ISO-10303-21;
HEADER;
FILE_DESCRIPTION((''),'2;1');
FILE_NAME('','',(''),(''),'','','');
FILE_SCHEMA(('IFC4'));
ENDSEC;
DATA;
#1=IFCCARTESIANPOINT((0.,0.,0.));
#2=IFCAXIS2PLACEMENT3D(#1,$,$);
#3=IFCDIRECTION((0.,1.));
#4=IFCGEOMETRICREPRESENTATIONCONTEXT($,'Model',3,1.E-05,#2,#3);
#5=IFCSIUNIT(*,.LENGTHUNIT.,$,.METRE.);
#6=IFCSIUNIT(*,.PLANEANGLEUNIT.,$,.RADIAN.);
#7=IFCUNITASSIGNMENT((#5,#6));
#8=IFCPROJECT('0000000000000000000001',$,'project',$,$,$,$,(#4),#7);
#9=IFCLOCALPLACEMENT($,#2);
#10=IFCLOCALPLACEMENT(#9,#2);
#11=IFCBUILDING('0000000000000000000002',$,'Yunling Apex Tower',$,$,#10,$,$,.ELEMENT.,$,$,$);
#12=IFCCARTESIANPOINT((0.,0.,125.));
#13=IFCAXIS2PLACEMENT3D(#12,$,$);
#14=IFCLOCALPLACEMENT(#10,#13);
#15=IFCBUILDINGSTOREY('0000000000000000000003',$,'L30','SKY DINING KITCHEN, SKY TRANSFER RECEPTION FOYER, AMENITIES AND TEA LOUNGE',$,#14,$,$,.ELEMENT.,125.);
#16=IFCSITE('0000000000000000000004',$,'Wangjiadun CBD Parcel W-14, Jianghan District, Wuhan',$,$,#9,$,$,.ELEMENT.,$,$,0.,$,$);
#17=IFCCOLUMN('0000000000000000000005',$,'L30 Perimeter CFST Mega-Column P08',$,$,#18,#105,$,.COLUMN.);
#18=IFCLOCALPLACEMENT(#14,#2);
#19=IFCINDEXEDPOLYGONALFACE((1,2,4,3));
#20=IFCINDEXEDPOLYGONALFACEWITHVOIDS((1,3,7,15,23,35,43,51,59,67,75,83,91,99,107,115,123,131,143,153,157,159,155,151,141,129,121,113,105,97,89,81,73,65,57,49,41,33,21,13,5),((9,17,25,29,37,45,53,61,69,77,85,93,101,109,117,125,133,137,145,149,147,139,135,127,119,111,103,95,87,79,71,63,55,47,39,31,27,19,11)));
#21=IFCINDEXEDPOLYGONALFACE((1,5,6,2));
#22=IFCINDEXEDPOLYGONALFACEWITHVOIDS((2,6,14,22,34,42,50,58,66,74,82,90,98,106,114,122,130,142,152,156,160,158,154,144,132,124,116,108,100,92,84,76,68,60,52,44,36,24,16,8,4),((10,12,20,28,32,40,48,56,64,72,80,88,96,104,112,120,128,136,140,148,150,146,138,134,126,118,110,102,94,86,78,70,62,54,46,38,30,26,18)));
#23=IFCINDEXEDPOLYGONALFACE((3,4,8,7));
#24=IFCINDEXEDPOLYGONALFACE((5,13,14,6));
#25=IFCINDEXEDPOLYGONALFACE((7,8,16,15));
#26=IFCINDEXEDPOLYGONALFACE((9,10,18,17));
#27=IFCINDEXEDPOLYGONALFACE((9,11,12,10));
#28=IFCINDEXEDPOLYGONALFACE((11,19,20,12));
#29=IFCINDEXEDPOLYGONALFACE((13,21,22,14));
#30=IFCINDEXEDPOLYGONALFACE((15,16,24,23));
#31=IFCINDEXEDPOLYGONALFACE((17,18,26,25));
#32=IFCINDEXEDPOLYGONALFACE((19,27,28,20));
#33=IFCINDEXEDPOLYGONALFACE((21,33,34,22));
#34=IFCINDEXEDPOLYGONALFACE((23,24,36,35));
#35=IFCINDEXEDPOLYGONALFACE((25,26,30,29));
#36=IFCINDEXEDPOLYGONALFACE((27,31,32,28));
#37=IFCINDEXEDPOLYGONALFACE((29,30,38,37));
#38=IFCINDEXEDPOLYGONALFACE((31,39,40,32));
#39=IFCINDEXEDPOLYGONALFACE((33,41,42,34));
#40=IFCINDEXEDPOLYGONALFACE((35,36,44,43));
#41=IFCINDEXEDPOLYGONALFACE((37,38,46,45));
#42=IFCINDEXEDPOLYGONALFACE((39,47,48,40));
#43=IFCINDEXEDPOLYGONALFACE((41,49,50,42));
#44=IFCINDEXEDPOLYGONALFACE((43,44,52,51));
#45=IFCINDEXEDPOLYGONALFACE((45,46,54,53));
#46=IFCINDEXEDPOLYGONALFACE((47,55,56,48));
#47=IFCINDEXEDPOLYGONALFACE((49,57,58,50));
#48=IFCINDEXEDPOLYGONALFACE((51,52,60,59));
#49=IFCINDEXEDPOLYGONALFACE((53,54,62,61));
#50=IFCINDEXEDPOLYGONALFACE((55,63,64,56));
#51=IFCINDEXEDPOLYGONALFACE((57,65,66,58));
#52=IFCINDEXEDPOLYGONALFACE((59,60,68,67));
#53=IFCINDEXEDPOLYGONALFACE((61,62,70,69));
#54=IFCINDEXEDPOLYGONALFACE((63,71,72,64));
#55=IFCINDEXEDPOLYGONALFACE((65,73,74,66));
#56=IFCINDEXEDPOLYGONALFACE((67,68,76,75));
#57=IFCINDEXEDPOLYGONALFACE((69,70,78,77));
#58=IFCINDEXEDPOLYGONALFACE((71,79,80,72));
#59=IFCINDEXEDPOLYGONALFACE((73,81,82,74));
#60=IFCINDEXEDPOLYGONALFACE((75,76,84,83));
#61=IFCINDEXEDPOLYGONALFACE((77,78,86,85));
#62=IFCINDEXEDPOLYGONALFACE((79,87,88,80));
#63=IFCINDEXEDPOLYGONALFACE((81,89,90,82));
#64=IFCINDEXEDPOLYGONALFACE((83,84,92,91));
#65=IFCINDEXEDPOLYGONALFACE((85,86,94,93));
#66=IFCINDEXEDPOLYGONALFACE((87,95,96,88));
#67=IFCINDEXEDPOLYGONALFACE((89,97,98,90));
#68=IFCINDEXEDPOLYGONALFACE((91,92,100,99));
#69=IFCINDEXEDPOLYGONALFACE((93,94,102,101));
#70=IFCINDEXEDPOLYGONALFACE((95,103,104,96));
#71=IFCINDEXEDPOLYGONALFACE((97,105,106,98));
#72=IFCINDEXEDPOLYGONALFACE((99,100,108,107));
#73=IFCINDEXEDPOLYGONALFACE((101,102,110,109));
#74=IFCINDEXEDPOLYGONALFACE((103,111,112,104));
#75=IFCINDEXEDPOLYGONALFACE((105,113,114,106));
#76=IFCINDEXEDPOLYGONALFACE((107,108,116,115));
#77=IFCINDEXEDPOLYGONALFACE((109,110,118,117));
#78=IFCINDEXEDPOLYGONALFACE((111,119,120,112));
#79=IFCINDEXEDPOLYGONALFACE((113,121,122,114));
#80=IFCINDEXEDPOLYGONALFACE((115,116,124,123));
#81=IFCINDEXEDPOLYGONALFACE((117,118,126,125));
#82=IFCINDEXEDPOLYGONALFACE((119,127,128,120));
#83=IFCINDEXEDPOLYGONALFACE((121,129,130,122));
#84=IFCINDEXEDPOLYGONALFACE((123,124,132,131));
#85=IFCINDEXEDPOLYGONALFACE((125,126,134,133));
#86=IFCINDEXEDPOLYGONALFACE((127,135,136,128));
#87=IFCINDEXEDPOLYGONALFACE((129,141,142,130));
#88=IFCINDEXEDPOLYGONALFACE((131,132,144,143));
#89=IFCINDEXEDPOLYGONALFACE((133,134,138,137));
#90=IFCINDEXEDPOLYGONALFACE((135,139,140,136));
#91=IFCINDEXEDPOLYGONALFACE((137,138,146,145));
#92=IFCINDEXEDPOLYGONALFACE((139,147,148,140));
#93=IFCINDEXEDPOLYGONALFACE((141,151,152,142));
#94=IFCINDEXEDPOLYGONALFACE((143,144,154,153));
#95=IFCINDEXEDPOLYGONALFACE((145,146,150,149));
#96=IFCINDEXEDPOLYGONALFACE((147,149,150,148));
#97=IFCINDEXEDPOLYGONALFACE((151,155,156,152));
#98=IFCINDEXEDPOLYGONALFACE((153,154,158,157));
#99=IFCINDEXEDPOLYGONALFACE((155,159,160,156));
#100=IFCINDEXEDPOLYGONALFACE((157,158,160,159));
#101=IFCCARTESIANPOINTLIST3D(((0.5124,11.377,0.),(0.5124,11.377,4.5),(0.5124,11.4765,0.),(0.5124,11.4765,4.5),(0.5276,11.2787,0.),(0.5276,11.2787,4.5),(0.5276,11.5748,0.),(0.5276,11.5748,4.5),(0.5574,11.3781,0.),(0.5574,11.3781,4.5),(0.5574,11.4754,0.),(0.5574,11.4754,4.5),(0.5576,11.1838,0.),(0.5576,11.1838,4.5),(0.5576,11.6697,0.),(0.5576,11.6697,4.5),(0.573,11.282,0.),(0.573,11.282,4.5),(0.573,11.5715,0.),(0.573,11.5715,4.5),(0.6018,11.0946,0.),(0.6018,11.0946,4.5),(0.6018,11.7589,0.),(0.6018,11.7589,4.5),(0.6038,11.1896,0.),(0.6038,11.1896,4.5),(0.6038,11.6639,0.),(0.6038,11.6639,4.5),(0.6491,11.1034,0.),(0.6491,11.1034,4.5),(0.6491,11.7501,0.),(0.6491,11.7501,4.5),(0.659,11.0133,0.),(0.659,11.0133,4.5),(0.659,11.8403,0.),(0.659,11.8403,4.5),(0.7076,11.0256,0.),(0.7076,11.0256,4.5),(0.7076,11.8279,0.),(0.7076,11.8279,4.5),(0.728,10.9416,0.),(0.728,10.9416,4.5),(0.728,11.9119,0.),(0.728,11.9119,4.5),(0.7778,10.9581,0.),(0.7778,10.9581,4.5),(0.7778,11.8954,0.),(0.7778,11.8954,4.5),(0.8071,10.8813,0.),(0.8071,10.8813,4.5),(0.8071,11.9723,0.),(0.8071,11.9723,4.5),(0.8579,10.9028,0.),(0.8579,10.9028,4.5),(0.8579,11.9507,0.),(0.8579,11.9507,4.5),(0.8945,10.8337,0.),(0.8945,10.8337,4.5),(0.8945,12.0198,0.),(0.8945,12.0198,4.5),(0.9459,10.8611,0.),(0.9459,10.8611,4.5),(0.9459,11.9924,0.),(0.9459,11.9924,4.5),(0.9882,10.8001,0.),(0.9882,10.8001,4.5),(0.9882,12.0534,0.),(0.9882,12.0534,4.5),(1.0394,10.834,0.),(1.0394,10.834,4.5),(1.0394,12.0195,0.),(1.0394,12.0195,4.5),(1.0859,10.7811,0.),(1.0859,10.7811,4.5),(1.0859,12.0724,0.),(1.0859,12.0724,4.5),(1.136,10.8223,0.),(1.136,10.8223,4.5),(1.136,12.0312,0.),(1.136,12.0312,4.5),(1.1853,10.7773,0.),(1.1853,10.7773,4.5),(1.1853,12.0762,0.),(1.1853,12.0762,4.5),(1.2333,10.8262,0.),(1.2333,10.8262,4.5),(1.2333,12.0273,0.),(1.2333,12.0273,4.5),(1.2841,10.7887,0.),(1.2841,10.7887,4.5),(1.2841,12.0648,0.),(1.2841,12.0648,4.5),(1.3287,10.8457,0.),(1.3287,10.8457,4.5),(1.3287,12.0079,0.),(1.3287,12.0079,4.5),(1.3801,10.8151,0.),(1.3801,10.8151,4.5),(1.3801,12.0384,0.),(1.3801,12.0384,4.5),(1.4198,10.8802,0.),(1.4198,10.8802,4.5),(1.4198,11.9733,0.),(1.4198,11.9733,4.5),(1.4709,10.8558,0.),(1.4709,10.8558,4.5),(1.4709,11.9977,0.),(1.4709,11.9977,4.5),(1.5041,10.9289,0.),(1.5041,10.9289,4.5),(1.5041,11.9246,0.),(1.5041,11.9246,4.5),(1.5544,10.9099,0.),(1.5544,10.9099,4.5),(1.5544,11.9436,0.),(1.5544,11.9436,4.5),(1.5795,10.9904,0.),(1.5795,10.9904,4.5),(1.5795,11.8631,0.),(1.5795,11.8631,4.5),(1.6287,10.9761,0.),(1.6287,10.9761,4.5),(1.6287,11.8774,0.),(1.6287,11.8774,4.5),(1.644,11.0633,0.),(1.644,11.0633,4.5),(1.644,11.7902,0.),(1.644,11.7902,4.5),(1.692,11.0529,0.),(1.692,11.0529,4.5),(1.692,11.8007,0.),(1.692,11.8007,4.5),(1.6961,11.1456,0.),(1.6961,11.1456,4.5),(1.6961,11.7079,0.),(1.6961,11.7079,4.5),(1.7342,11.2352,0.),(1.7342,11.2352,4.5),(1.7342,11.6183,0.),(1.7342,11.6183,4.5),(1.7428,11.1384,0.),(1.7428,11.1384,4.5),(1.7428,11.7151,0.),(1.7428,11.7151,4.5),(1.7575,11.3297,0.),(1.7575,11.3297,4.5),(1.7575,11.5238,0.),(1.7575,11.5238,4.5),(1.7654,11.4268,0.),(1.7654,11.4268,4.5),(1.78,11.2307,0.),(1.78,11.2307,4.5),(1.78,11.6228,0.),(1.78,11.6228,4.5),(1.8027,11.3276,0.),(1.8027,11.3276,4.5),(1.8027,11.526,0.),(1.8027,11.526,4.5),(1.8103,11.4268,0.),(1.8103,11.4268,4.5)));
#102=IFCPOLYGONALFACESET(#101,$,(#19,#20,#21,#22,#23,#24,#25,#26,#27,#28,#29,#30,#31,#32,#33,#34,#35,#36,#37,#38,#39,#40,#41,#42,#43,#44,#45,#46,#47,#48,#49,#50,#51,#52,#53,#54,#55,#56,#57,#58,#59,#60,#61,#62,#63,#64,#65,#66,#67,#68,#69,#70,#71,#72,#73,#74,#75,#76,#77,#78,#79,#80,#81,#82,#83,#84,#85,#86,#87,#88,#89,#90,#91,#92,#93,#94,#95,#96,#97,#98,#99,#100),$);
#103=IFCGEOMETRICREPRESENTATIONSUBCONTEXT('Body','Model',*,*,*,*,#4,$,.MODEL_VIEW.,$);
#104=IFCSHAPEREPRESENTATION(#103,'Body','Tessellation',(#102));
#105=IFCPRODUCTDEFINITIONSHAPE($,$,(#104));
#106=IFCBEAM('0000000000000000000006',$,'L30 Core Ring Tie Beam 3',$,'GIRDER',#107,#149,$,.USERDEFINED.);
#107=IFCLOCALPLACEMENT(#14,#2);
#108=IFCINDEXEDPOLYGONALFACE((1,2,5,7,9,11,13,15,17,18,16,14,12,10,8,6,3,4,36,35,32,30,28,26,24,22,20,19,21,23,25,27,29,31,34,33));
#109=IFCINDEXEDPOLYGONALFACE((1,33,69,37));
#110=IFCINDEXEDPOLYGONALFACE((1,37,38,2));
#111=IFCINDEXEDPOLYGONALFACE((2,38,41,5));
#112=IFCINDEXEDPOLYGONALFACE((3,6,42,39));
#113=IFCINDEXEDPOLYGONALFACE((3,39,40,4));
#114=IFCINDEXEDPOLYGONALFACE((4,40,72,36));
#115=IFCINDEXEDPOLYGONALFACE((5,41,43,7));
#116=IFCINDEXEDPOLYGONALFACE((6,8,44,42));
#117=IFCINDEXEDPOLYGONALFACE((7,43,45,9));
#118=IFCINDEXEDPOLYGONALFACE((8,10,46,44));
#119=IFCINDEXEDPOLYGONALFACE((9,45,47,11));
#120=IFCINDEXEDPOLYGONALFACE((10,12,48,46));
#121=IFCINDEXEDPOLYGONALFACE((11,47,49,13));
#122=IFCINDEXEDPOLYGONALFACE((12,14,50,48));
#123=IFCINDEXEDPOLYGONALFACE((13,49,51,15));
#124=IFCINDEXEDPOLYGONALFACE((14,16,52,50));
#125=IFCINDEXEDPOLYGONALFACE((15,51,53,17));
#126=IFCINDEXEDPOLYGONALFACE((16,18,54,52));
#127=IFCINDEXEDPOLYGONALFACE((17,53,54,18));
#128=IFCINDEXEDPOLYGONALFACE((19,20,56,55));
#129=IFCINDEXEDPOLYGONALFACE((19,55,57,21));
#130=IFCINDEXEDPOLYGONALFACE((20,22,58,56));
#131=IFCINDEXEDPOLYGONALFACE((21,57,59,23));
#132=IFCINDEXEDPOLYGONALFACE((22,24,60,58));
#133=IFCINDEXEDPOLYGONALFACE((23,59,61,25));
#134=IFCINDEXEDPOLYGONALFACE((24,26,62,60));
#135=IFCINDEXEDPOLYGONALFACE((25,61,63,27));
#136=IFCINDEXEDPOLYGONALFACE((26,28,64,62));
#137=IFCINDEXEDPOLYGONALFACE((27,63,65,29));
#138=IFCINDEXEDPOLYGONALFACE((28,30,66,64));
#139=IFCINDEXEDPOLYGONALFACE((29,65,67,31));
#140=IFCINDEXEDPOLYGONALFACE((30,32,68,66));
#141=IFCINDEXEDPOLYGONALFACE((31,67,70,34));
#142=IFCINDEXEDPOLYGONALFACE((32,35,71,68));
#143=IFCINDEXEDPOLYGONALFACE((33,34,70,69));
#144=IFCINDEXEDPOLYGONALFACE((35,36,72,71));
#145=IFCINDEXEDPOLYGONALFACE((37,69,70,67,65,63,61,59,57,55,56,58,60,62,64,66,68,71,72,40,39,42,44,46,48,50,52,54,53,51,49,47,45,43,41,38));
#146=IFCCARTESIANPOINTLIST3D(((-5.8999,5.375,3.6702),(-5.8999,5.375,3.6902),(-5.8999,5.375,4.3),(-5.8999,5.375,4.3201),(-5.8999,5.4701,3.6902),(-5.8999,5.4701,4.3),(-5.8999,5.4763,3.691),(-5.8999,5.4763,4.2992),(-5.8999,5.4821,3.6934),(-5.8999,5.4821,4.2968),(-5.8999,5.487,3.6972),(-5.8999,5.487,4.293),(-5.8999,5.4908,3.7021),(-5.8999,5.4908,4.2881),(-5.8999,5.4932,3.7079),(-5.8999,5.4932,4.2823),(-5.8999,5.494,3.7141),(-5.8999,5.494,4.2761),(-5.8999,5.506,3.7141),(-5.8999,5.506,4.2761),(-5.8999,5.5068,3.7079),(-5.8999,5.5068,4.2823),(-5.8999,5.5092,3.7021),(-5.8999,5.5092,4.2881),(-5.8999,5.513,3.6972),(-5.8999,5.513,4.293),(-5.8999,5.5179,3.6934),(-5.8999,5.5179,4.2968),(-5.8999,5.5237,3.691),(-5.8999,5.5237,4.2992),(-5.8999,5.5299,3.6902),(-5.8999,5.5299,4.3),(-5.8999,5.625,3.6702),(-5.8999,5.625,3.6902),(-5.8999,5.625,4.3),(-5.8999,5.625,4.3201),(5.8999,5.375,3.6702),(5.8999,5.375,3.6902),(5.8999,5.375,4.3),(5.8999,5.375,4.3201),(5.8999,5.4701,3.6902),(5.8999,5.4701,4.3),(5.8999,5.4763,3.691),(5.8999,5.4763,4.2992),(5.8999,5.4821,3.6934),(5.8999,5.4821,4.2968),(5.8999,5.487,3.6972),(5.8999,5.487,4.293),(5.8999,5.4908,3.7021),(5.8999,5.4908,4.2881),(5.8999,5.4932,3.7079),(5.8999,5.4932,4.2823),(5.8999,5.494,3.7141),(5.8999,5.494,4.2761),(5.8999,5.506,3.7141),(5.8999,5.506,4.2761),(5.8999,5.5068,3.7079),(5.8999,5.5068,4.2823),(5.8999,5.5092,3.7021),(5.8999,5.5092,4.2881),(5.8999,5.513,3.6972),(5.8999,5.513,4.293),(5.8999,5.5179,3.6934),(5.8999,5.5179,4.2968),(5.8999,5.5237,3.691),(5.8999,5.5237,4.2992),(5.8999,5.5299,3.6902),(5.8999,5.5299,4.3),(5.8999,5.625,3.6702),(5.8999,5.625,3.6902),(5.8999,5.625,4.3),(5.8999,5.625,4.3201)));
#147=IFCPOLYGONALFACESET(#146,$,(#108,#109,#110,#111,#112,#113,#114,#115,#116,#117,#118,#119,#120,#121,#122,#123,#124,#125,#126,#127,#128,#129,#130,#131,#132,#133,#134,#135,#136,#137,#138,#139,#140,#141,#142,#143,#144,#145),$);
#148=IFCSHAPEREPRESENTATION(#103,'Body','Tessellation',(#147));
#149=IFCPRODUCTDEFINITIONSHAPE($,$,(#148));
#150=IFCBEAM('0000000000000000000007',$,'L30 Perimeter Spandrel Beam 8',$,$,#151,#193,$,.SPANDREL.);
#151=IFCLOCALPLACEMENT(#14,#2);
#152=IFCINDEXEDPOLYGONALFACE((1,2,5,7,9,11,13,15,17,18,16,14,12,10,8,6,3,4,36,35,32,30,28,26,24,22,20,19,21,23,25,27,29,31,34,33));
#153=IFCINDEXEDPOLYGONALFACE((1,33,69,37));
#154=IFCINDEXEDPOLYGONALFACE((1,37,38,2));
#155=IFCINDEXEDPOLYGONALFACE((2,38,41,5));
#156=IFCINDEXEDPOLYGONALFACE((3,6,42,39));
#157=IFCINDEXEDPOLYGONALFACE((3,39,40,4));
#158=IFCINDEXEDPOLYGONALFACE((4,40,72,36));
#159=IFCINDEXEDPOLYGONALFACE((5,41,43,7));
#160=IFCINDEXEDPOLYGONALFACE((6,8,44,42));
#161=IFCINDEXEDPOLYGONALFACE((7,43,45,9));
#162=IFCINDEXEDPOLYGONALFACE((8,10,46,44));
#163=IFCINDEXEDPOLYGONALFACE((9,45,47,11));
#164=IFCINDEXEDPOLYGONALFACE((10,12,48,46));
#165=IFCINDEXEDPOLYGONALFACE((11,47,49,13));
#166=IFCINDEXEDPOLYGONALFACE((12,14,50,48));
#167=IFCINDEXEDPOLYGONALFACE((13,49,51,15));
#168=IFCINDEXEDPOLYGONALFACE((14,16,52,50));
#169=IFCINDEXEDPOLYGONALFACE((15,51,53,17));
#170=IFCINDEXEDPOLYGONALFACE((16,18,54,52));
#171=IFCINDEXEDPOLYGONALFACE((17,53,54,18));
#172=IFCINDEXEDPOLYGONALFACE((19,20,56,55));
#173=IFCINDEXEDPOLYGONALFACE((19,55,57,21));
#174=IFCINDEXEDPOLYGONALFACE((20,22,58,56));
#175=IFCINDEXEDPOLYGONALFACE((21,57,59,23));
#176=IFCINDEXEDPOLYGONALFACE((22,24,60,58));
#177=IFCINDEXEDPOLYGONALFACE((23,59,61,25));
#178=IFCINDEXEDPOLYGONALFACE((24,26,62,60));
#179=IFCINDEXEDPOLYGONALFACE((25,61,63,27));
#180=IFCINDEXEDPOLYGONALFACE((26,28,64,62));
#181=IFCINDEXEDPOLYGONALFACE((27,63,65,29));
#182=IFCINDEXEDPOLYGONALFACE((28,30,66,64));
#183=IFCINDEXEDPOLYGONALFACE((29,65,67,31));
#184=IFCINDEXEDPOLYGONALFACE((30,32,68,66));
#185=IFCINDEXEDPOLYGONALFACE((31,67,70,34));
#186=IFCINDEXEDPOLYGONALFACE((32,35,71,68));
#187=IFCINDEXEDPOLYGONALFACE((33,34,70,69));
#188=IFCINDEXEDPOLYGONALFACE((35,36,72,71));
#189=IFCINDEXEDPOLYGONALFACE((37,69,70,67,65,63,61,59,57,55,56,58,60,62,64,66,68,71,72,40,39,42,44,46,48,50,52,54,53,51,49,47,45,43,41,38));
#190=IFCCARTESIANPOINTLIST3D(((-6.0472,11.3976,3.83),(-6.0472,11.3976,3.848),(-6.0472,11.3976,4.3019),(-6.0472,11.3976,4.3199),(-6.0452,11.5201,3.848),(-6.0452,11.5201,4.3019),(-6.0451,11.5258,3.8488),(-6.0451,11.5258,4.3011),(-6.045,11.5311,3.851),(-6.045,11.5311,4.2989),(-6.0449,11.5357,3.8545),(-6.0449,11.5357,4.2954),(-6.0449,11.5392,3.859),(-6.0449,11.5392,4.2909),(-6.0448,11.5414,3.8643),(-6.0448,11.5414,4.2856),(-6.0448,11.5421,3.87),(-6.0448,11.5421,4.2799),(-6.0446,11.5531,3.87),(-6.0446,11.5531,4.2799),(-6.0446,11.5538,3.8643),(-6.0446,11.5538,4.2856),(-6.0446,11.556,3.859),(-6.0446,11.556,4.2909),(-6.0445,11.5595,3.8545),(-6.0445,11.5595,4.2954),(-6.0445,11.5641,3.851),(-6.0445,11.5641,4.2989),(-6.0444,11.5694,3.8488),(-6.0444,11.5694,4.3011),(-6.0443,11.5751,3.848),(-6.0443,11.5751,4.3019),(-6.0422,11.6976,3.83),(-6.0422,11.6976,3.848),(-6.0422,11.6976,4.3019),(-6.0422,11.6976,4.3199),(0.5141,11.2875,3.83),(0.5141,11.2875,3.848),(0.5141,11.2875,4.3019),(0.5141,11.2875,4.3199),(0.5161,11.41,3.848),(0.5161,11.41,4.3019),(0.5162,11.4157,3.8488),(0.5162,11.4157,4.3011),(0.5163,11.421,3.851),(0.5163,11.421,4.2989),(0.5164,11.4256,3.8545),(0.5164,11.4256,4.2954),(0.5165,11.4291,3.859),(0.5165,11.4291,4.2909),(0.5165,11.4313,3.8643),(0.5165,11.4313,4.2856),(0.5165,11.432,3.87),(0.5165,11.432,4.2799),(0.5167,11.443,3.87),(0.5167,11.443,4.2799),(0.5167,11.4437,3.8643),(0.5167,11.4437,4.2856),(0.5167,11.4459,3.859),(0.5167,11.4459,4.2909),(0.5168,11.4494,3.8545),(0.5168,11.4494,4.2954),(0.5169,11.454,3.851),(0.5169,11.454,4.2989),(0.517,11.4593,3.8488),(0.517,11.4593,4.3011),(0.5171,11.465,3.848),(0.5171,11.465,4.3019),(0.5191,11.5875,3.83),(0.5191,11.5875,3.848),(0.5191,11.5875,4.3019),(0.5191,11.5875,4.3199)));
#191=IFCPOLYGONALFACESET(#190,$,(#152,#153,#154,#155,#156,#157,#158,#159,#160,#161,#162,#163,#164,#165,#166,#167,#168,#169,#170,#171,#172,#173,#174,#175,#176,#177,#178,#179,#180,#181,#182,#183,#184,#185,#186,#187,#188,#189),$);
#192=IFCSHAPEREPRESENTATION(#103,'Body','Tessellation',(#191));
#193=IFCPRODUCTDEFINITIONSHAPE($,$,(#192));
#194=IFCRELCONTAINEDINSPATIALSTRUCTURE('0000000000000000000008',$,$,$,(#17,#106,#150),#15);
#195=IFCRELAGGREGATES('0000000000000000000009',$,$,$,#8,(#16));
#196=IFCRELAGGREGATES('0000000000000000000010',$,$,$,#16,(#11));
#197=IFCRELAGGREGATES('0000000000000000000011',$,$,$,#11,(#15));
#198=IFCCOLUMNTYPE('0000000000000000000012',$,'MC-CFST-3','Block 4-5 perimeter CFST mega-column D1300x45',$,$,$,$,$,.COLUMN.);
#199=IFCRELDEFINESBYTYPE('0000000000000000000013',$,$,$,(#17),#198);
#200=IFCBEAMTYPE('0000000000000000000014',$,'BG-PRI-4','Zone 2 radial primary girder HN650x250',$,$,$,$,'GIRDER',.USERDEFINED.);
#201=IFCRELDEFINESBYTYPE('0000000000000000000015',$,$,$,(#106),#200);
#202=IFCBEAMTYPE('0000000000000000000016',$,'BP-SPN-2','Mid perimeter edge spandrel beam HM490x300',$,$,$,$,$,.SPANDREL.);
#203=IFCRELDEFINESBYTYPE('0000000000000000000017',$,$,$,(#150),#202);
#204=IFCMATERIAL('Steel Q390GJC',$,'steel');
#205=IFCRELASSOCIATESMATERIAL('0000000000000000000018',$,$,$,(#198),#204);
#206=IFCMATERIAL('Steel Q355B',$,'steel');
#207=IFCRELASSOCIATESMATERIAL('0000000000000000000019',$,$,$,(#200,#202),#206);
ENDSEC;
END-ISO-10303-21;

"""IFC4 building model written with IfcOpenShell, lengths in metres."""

from ifc_helpers import new_model, si_unit, direction, frame, origin, origin_2d, place, context, subcontext, project, spatial, hollow_circle, i_section, extrude, source, transform, mapped, material, material_profile, profile_set, type_object, element, save


model = new_model("IFC4")

# Units and contexts
model_context = context("Model", 3, precision=1e-05, world=origin(), true_north=direction((0.0, 1.0)))
body_context = subcontext(model_context, "Body", "Model", "MODEL_VIEW")
ifc_project = project(units=[si_unit("LENGTHUNIT", "METRE"), si_unit("PLANEANGLEUNIT", "RADIAN")], contexts=[model_context])

# Site, building, storey
site_placement = place(None, origin())
site = spatial("IfcSite", under=ifc_project, at=site_placement, Name="Wangjiadun CBD Parcel W-14, Jianghan District, Wuhan", CompositionType="ELEMENT", RefElevation=0.0)
building_placement = place(site_placement, origin())
building = spatial("IfcBuilding", under=site, at=building_placement, Name="Yunling Apex Tower", CompositionType="ELEMENT")
storey_placement = place(building_placement, frame((0.0, 0.0, 125.0)))
storey = spatial("IfcBuildingStorey", under=building, at=storey_placement, Name="L30", Description="SKY DINING KITCHEN, SKY TRANSFER RECEPTION FOYER, AMENITIES AND TEA LOUNGE", CompositionType="ELEMENT", Elevation=125.0)

# Column
ifc_material_1 = material(Name="Steel Q390GJC", Category="steel")
ifc_material_profile_1 = material_profile(ifc_material_1, hollow_circle(Radius=0.6499, WallThickness=0.0449, at=origin_2d()))
ifc_profile_set_1 = profile_set([ifc_material_profile_1], Name="Steel Q390GJC")
column_type = type_object("IfcColumnType", Name="MC-CFST-3", Description="Block 4-5 perimeter CFST mega-column D1300x45", PredefinedType="COLUMN", material=ifc_profile_set_1)
shared_shape_1 = source(origin(), body_context, "Body", "SweptSolid", [
    extrude(hollow_circle(Radius=0.6499, WallThickness=0.0449, at=origin_2d()), origin(), (0.0, 0.0, 1.0), 4.5),
])
column_placement = place(storey_placement, frame((1.1604, 11.4268, 0.0), z_axis=(0.0, 0.0, 1.0), x_axis=(1.0, 0.0, 0.0)))
element("IfcColumn", 1, at=column_placement, inside=storey, type_object=column_type, Name="L30 Perimeter CFST Mega-Column P08", PredefinedType="COLUMN", context=body_context, shape_type="MappedRepresentation", body=[
    mapped(shared_shape_1, transform((0.0, 0.0, 0.0), scale=1.0)),
])

# Beams
ifc_material_2 = material(Name="Steel Q355B", Category="steel")
ifc_material_profile_2 = material_profile(ifc_material_2, i_section(OverallWidth=0.25, OverallDepth=0.6499, WebThickness=0.012, FlangeThickness=0.02, FilletRadius=0.0239, at=origin_2d()))
ifc_profile_set_2 = profile_set([ifc_material_profile_2], Name="Steel Q355B")
beam_type_1 = type_object("IfcBeamType", Name="BG-PRI-4", Description="Zone 2 radial primary girder HN650x250", ElementType="GIRDER", PredefinedType="USERDEFINED", material=ifc_profile_set_2)
shared_shape_2 = source(origin(), body_context, "Body", "SweptSolid", [
    extrude(i_section(OverallWidth=0.25, OverallDepth=0.6499, WebThickness=0.012, FlangeThickness=0.02, FilletRadius=0.0239, at=origin_2d()), origin(), (0.0, 0.0, 1.0), 11.7998),
])
beam_1_placement = place(storey_placement, frame((5.8999, 5.5, 3.9951), z_axis=(-1.0, 0.0, 0.0), x_axis=(0.0, -1.0, 0.0)))
element("IfcBeam", 2, at=beam_1_placement, inside=storey, type_object=beam_type_1, Name="L30 Core Ring Tie Beam 3", ObjectType="GIRDER", PredefinedType="USERDEFINED", context=body_context, shape_type="MappedRepresentation", body=[
    mapped(shared_shape_2, transform((0.0, 0.0, 0.0), scale=1.0)),
])
ifc_material_profile_3 = material_profile(ifc_material_2, i_section(OverallWidth=0.3, OverallDepth=0.49, WebThickness=0.011, FlangeThickness=0.0181, FilletRadius=0.022, at=origin_2d()))
ifc_profile_set_3 = profile_set([ifc_material_profile_3], Name="Steel Q355B")
beam_type_2 = type_object("IfcBeamType", Name="BP-SPN-2", Description="Mid perimeter edge spandrel beam HM490x300", PredefinedType="SPANDREL", material=ifc_profile_set_3)
shared_shape_3 = source(origin(), body_context, "Body", "SweptSolid", [
    extrude(i_section(OverallWidth=0.3, OverallDepth=0.49, WebThickness=0.011, FlangeThickness=0.0181, FilletRadius=0.022, at=origin_2d()), origin(), (0.0, 0.0, 1.0), 6.5623),
])
beam_2_placement = place(storey_placement, frame((0.5166, 11.4375, 4.075), z_axis=(-0.999859, 0.016779, 0.0), x_axis=(-0.016779, -0.999859, 0.0)))
element("IfcBeam", 3, at=beam_2_placement, inside=storey, type_object=beam_type_2, Name="L30 Perimeter Spandrel Beam 8", PredefinedType="SPANDREL", context=body_context, shape_type="MappedRepresentation", body=[
    mapped(shared_shape_3, transform((0.0, 0.0, 0.0), scale=1.0)),
])

save(model, "model.ifc")
